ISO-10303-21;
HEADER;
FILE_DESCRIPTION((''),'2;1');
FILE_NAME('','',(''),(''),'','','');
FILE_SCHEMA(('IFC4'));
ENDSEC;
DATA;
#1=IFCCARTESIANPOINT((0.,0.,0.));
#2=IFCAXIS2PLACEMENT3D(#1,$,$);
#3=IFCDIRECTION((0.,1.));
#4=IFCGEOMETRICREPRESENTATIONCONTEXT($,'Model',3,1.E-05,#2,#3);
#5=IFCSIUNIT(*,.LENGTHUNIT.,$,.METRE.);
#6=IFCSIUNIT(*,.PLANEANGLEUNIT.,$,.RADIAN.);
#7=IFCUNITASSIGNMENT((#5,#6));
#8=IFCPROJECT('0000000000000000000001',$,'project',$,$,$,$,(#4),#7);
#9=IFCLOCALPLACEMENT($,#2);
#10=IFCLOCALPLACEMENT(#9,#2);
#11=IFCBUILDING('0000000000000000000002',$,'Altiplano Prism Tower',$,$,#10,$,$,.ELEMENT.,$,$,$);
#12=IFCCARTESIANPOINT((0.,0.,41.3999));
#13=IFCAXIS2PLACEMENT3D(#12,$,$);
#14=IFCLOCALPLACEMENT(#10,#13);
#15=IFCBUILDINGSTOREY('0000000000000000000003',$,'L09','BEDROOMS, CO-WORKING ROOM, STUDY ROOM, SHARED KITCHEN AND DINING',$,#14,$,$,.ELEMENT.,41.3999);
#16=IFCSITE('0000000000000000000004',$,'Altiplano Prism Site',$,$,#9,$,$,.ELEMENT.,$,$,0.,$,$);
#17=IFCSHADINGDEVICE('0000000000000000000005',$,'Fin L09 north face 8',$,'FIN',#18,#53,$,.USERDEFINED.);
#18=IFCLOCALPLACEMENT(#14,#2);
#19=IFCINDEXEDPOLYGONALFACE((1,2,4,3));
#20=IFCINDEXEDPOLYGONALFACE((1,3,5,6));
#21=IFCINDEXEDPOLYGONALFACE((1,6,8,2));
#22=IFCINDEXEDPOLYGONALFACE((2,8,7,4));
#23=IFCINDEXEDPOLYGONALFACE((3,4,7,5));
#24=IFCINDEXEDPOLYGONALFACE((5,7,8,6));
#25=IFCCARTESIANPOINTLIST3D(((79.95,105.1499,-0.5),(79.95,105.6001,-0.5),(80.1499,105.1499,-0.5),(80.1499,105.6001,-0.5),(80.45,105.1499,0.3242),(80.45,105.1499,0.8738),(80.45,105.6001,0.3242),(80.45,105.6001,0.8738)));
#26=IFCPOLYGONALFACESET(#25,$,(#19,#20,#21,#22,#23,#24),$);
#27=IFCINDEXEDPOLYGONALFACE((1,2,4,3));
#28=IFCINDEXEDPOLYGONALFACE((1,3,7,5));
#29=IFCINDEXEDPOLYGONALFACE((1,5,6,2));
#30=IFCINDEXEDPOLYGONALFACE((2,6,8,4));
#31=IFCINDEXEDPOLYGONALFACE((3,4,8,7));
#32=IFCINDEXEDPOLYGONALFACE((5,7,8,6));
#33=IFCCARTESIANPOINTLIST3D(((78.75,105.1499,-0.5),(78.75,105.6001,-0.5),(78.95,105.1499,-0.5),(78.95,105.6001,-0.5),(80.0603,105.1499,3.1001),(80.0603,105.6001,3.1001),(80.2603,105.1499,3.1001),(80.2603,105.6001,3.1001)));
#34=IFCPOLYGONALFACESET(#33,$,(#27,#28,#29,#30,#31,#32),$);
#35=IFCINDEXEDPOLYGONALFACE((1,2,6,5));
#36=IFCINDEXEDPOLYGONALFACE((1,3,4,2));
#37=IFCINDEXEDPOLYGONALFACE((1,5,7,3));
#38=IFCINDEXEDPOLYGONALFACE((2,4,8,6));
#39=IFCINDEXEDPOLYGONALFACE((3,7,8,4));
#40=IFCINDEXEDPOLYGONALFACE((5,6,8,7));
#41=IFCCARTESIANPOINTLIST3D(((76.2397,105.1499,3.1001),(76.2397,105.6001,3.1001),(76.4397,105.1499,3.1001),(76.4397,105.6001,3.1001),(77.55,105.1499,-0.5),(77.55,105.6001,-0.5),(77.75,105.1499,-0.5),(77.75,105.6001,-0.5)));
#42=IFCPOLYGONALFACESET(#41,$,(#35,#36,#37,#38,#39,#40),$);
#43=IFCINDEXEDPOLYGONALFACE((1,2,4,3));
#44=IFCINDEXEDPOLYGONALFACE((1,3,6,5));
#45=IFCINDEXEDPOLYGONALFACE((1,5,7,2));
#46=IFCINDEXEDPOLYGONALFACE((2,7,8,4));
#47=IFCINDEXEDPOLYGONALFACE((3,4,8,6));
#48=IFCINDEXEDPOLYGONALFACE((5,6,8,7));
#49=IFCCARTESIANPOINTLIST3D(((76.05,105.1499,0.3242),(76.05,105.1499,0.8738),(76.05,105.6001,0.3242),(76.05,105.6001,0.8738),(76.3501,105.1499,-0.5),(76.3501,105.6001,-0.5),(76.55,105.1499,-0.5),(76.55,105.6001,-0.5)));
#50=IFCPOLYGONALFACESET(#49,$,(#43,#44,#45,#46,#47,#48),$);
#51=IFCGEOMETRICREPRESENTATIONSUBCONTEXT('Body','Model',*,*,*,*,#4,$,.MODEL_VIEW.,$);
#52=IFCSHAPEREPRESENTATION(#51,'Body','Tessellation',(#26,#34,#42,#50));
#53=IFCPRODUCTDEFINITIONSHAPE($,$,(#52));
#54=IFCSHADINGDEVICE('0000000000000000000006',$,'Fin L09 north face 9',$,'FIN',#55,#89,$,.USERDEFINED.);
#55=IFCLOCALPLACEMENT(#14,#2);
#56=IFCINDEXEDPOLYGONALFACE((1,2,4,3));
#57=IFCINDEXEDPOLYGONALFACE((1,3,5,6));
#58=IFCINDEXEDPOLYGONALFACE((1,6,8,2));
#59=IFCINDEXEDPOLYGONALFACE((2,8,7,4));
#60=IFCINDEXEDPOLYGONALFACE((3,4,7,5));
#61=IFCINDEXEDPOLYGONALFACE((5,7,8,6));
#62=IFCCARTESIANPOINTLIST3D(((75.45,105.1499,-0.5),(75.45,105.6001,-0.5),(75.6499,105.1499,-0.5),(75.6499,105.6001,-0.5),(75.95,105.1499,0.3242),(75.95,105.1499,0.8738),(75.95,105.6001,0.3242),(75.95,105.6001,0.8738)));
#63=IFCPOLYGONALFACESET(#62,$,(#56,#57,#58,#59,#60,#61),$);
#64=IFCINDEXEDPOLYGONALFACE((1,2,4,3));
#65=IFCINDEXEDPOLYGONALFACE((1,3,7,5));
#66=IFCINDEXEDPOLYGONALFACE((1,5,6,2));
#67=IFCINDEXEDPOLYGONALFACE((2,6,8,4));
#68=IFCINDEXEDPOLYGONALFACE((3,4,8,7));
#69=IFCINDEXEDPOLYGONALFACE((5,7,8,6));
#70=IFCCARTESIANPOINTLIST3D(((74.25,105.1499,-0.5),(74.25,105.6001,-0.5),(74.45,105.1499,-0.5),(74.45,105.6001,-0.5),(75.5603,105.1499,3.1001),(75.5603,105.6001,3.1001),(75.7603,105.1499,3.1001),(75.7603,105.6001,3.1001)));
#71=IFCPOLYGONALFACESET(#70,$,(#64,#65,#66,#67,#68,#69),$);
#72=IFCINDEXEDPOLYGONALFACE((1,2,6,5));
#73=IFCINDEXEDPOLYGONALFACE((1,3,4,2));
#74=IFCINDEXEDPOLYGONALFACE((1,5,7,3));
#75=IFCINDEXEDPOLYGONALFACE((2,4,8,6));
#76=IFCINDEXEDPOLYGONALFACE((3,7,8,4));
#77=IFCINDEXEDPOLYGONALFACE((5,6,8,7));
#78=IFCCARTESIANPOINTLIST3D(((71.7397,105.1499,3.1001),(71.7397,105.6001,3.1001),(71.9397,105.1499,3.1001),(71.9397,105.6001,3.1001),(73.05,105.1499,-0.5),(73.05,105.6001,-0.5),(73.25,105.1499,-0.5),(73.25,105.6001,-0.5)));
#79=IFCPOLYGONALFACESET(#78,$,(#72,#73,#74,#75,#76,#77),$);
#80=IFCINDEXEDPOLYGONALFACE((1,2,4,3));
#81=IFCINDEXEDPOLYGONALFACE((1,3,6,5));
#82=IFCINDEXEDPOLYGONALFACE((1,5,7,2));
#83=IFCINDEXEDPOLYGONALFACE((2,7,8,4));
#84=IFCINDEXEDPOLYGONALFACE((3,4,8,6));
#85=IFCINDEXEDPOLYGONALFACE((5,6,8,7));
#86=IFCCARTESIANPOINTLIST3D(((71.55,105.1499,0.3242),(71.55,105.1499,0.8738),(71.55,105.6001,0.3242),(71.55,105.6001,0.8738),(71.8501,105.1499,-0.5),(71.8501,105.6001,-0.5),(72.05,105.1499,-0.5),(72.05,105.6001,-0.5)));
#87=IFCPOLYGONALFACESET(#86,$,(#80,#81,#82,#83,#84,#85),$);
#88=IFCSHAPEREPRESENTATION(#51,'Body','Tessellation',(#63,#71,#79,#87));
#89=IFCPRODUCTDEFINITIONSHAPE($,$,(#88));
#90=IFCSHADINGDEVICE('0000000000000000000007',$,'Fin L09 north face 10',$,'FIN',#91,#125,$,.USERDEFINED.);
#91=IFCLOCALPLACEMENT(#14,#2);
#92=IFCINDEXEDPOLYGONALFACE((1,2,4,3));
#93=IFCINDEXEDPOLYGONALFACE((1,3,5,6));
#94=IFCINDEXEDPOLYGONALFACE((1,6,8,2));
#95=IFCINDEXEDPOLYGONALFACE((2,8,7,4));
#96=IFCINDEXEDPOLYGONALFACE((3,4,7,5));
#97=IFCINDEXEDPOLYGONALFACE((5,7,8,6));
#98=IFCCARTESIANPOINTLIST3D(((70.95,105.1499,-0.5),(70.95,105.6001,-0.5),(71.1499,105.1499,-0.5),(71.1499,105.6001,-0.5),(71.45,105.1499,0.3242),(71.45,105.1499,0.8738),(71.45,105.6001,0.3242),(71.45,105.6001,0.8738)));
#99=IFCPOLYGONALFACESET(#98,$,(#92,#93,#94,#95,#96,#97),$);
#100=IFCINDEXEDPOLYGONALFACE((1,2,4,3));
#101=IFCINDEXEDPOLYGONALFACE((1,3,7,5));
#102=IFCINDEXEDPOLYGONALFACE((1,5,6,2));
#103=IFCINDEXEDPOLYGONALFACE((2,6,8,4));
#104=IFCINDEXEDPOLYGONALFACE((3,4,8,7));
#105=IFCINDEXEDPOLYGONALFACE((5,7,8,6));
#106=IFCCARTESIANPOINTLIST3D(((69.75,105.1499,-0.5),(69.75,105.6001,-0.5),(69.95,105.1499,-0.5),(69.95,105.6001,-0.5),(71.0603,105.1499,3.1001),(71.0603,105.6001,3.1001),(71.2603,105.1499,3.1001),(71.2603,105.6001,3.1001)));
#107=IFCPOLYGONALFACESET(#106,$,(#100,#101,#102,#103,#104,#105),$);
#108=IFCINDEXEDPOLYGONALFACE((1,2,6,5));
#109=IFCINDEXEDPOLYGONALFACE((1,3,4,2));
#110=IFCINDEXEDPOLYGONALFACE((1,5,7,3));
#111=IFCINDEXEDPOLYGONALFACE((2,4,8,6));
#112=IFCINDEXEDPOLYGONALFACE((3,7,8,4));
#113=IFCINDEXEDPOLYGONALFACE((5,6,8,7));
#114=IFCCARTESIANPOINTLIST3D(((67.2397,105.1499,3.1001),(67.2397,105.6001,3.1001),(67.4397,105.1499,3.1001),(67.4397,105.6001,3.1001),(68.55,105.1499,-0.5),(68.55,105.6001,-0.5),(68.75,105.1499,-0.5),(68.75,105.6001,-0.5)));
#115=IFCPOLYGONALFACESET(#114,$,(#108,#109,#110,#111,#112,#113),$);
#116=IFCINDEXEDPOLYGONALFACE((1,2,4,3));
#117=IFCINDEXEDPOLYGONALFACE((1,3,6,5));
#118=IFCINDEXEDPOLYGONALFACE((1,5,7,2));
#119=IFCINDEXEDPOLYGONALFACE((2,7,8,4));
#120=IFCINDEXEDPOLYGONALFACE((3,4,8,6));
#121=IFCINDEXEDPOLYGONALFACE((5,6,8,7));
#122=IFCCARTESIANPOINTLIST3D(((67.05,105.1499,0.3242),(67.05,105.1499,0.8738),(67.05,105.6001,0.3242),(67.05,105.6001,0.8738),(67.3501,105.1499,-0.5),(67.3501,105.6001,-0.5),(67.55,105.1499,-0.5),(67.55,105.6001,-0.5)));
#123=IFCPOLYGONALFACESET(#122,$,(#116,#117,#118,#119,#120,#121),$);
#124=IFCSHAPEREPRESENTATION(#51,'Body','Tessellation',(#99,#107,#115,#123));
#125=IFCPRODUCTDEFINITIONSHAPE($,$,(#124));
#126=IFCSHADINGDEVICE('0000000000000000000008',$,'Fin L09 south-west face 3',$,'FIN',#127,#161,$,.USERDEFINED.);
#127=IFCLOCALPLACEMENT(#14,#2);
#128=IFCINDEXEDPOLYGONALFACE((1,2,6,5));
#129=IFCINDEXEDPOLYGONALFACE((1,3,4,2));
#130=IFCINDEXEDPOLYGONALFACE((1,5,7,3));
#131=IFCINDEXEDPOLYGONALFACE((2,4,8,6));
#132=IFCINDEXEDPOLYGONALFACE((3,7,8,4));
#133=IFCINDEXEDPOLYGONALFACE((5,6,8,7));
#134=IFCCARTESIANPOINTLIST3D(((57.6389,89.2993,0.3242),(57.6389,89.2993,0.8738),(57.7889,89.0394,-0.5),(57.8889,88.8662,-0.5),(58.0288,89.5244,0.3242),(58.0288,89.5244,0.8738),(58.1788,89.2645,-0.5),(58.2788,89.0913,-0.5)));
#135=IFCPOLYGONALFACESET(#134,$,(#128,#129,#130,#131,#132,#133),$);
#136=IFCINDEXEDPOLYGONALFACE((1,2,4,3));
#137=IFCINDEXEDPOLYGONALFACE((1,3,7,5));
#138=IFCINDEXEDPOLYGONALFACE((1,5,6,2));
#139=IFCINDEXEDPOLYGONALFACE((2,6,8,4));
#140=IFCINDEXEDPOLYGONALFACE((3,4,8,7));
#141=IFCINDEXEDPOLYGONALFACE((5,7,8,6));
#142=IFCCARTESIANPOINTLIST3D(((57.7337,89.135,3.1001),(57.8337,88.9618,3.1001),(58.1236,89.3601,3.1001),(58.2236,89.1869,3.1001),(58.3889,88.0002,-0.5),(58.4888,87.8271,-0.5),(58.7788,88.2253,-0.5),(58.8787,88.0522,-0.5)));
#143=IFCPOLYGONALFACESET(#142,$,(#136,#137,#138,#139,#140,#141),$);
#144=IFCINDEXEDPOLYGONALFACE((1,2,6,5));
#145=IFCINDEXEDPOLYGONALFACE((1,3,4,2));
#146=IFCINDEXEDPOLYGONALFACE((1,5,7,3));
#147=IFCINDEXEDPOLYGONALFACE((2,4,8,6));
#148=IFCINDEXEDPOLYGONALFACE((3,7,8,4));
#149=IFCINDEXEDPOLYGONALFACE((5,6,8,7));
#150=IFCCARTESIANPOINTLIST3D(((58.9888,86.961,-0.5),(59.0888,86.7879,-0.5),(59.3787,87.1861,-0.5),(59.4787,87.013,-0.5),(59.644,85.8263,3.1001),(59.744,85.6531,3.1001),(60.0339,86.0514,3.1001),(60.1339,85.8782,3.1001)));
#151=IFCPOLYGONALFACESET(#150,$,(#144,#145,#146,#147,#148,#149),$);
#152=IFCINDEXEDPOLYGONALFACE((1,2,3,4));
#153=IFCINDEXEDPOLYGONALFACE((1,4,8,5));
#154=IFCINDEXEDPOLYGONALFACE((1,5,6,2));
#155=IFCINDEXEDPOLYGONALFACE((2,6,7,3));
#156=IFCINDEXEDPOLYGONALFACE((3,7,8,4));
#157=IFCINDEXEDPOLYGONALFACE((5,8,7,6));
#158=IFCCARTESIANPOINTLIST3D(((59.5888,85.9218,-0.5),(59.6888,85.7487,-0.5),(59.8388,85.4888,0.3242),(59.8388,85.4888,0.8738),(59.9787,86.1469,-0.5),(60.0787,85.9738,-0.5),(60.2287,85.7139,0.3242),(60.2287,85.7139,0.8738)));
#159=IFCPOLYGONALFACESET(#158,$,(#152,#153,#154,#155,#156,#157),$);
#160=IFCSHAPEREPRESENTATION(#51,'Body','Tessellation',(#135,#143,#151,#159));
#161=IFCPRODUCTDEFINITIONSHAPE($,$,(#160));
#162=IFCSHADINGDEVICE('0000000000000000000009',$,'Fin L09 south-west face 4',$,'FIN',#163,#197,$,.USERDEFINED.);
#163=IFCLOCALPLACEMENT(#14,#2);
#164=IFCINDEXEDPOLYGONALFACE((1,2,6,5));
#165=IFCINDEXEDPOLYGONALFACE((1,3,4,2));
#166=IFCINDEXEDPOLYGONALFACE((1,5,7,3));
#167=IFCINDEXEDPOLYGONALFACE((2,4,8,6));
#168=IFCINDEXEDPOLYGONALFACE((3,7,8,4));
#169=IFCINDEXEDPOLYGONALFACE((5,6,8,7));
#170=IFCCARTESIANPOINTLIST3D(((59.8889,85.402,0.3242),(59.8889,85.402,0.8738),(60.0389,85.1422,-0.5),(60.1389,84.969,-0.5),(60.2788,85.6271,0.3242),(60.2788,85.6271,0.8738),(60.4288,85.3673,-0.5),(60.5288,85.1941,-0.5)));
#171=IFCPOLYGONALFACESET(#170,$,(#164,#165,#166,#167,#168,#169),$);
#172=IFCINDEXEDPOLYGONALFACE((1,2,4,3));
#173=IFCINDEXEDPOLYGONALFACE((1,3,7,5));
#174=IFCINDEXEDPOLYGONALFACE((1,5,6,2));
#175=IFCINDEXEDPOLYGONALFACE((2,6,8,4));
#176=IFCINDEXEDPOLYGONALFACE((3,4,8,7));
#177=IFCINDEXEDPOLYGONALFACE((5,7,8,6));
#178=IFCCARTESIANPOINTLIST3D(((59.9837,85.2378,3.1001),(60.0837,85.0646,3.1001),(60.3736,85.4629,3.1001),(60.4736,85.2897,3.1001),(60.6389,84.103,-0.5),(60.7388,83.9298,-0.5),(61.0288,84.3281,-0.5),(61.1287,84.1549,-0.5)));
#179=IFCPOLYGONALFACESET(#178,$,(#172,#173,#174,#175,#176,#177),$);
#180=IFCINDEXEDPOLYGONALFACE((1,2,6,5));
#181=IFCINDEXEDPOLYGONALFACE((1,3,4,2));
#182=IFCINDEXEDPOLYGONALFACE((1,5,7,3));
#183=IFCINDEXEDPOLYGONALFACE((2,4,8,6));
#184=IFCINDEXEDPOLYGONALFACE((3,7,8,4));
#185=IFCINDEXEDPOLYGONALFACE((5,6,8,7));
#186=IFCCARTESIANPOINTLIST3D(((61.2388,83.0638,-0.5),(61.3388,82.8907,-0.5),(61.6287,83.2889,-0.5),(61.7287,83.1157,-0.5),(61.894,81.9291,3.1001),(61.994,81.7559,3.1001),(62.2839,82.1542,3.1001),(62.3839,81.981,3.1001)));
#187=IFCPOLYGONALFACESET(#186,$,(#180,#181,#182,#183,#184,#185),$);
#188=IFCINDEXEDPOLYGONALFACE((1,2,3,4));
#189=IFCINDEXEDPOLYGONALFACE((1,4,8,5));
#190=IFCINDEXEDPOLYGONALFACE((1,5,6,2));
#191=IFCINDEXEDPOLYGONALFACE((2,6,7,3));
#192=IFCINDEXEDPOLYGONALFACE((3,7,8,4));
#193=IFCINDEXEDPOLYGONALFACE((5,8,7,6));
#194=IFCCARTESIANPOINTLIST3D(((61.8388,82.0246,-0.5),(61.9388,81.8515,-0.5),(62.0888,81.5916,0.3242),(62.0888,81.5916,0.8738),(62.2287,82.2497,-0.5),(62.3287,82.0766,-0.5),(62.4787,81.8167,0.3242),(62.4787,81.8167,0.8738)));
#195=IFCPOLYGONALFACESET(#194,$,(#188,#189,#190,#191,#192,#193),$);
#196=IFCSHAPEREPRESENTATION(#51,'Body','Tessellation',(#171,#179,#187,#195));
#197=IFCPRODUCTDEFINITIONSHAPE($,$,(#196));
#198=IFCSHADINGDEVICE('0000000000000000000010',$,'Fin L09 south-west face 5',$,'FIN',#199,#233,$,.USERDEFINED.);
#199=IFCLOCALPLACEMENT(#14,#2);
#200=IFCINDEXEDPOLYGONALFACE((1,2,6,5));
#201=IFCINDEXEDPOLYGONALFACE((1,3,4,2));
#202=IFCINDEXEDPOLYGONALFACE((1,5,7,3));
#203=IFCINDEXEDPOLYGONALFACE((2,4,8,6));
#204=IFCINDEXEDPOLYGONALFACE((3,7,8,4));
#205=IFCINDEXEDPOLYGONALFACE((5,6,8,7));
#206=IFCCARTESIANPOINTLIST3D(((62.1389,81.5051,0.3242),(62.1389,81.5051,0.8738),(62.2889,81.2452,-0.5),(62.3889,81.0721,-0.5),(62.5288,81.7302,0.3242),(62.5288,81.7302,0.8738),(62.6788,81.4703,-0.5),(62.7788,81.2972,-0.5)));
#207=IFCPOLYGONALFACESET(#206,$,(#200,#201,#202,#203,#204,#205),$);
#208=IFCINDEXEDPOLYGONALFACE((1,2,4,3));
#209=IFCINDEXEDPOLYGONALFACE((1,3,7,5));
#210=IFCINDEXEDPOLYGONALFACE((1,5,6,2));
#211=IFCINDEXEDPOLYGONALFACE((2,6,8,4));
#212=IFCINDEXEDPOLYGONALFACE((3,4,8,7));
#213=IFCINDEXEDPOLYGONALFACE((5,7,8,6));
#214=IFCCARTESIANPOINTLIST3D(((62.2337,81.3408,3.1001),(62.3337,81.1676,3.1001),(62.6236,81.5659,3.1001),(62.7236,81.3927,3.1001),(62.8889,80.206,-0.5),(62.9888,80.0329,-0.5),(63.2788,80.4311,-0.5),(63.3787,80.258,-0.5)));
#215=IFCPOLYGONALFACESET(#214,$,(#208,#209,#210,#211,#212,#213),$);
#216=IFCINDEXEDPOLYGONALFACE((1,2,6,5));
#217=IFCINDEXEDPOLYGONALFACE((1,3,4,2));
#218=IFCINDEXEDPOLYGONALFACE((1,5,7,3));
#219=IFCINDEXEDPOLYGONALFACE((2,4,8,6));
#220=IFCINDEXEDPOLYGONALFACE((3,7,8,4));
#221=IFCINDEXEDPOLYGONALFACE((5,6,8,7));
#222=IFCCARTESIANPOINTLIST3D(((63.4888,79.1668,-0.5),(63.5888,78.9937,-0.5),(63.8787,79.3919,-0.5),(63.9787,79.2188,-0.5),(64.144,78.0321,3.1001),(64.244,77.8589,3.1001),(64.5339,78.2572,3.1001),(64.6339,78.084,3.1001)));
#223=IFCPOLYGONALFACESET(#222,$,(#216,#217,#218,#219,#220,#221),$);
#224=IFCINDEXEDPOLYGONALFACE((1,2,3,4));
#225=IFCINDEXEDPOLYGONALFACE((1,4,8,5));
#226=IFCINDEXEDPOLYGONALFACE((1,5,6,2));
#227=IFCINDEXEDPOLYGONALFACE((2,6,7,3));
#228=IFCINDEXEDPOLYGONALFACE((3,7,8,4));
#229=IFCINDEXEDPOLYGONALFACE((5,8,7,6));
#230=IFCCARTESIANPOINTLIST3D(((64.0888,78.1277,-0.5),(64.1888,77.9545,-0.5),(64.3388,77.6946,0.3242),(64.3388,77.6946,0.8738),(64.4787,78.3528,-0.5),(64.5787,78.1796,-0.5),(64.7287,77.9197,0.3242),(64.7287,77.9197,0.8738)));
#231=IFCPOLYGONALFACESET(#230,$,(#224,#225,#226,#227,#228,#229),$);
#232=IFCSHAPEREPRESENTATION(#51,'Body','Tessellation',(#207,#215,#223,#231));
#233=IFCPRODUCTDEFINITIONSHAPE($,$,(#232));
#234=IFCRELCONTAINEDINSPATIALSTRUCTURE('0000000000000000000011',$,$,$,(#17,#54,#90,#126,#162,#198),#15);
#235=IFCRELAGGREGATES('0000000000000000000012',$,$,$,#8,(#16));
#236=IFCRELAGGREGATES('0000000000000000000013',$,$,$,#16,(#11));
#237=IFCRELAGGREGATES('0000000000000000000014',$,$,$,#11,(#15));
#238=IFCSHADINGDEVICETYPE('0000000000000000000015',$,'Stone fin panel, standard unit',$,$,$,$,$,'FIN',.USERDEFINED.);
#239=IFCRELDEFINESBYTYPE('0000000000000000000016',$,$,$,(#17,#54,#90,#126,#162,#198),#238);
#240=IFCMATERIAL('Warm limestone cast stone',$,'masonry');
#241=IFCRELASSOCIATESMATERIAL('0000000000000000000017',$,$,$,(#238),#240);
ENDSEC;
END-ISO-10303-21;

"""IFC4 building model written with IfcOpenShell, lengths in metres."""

from ifc_helpers import new_model, si_unit, direction, frame, origin, place, context, subcontext, project, spatial, polyline, outline, extrude, source, transform, mapped, material, type_object, element, save


model = new_model("IFC4")

# Units and contexts
model_context = context("Model", 3, precision=1e-05, world=origin(), true_north=direction((0.0, 1.0)))
body_context = subcontext(model_context, "Body", "Model", "MODEL_VIEW")
ifc_project = project(units=[si_unit("LENGTHUNIT", "METRE"), si_unit("PLANEANGLEUNIT", "RADIAN")], contexts=[model_context])

# Site, building, storey
site_placement = place(None, origin())
site = spatial("IfcSite", under=ifc_project, at=site_placement, Name="Altiplano Prism Site", CompositionType="ELEMENT", RefElevation=0.0)
building_placement = place(site_placement, origin())
building = spatial("IfcBuilding", under=site, at=building_placement, Name="Altiplano Prism Tower", CompositionType="ELEMENT")
storey_placement = place(building_placement, frame((0.0, 0.0, 41.3999)))
storey = spatial("IfcBuildingStorey", under=building, at=storey_placement, Name="L09", Description="BEDROOMS, CO-WORKING ROOM, STUDY ROOM, SHARED KITCHEN AND DINING", CompositionType="ELEMENT", Elevation=41.3999)

# Shading devices
ifc_material_1 = material(Name="Warm limestone cast stone", Category="masonry")
shading_device_type_1 = type_object("IfcShadingDeviceType", Name="Stone fin panel, standard unit", ElementType="FIN", PredefinedType="USERDEFINED", material=ifc_material_1)
shared_shape_1 = source(origin(), body_context, "Body", "SweptSolid", [
    extrude(outline(polyline([(-2.2, 1.3738), (-2.2, 0.8242), (-1.8999, 0.0), (-1.7, 0.0), (-2.2, 1.3738)])), frame((0.0, -0.1499, 0.0), z_axis=(0.0, -1.0, 0.0), x_axis=(1.0, 0.0, 0.0)), (0.0, 0.0, 1.0), 0.4502),
    extrude(outline(polyline([(-2.0103, 3.6001), (-0.7, 0.0), (-0.5, 0.0), (-1.8103, 3.6001), (-2.0103, 3.6001)])), frame((0.0, -0.1499, 0.0), z_axis=(0.0, -1.0, 0.0), x_axis=(1.0, 0.0, 0.0)), (0.0, 0.0, 1.0), 0.4502),
    extrude(outline(polyline([(1.8103, 3.6001), (0.5, 0.0), (0.7, 0.0), (2.0103, 3.6001), (1.8103, 3.6001)])), frame((0.0, -0.1499, 0.0), z_axis=(0.0, -1.0, 0.0), x_axis=(1.0, 0.0, 0.0)), (0.0, 0.0, 1.0), 0.4502),
    extrude(outline(polyline([(2.2, 0.8242), (2.2, 1.3738), (1.7, 0.0), (1.8999, 0.0), (2.2, 0.8242)])), frame((0.0, -0.1499, 0.0), z_axis=(0.0, -1.0, 0.0), x_axis=(1.0, 0.0, 0.0)), (0.0, 0.0, 1.0), 0.4502),
])
shading_device_1_placement = place(storey_placement, origin())
element("IfcShadingDevice", 1, at=shading_device_1_placement, inside=storey, type_object=shading_device_type_1, Name="Fin L09 north face 8", ObjectType="FIN", PredefinedType="USERDEFINED", context=body_context, shape_type="MappedRepresentation", body=[
    mapped(shared_shape_1, transform((78.25, 105.0, -0.5), x_axis=(-1.0, 0.0, 0.0), y_axis=(0.0, -1.0, 0.0), z_axis=(0.0, 0.0, 1.0))),
])
shading_device_2_placement = place(storey_placement, origin())
element("IfcShadingDevice", 2, at=shading_device_2_placement, inside=storey, type_object=shading_device_type_1, Name="Fin L09 north face 9", ObjectType="FIN", PredefinedType="USERDEFINED", context=body_context, shape_type="MappedRepresentation", body=[
    mapped(shared_shape_1, transform((73.75, 105.0, -0.5), x_axis=(-1.0, 0.0, 0.0), y_axis=(0.0, -1.0, 0.0), z_axis=(0.0, 0.0, 1.0))),
])
shading_device_3_placement = place(storey_placement, origin())
element("IfcShadingDevice", 3, at=shading_device_3_placement, inside=storey, type_object=shading_device_type_1, Name="Fin L09 north face 10", ObjectType="FIN", PredefinedType="USERDEFINED", context=body_context, shape_type="MappedRepresentation", body=[
    mapped(shared_shape_1, transform((69.25, 105.0, -0.5), x_axis=(-1.0, 0.0, 0.0), y_axis=(0.0, -1.0, 0.0), z_axis=(0.0, 0.0, 1.0))),
])
shading_device_4_placement = place(storey_placement, origin())
element("IfcShadingDevice", 4, at=shading_device_4_placement, inside=storey, type_object=shading_device_type_1, Name="Fin L09 south-west face 3", ObjectType="FIN", PredefinedType="USERDEFINED", context=body_context, shape_type="MappedRepresentation", body=[
    mapped(shared_shape_1, transform((59.2585, 87.6941, -0.5), x_axis=(0.5, -0.866025, 0.0), y_axis=(0.866025, 0.5, 0.0), z_axis=(0.0, 0.0, 1.0))),
])
shading_device_5_placement = place(storey_placement, origin())
element("IfcShadingDevice", 5, at=shading_device_5_placement, inside=storey, type_object=shading_device_type_1, Name="Fin L09 south-west face 4", ObjectType="FIN", PredefinedType="USERDEFINED", context=body_context, shape_type="MappedRepresentation", body=[
    mapped(shared_shape_1, transform((61.5085, 83.7969, -0.5), x_axis=(0.5, -0.866025, 0.0), y_axis=(0.866025, 0.5, 0.0), z_axis=(0.0, 0.0, 1.0))),
])
shading_device_6_placement = place(storey_placement, origin())
element("IfcShadingDevice", 6, at=shading_device_6_placement, inside=storey, type_object=shading_device_type_1, Name="Fin L09 south-west face 5", ObjectType="FIN", PredefinedType="USERDEFINED", context=body_context, shape_type="MappedRepresentation", body=[
    mapped(shared_shape_1, transform((63.7585, 79.8999, -0.5), x_axis=(0.5, -0.866025, 0.0), y_axis=(0.866025, 0.5, 0.0), z_axis=(0.0, 0.0, 1.0))),
])

save(model, "model.ifc")
